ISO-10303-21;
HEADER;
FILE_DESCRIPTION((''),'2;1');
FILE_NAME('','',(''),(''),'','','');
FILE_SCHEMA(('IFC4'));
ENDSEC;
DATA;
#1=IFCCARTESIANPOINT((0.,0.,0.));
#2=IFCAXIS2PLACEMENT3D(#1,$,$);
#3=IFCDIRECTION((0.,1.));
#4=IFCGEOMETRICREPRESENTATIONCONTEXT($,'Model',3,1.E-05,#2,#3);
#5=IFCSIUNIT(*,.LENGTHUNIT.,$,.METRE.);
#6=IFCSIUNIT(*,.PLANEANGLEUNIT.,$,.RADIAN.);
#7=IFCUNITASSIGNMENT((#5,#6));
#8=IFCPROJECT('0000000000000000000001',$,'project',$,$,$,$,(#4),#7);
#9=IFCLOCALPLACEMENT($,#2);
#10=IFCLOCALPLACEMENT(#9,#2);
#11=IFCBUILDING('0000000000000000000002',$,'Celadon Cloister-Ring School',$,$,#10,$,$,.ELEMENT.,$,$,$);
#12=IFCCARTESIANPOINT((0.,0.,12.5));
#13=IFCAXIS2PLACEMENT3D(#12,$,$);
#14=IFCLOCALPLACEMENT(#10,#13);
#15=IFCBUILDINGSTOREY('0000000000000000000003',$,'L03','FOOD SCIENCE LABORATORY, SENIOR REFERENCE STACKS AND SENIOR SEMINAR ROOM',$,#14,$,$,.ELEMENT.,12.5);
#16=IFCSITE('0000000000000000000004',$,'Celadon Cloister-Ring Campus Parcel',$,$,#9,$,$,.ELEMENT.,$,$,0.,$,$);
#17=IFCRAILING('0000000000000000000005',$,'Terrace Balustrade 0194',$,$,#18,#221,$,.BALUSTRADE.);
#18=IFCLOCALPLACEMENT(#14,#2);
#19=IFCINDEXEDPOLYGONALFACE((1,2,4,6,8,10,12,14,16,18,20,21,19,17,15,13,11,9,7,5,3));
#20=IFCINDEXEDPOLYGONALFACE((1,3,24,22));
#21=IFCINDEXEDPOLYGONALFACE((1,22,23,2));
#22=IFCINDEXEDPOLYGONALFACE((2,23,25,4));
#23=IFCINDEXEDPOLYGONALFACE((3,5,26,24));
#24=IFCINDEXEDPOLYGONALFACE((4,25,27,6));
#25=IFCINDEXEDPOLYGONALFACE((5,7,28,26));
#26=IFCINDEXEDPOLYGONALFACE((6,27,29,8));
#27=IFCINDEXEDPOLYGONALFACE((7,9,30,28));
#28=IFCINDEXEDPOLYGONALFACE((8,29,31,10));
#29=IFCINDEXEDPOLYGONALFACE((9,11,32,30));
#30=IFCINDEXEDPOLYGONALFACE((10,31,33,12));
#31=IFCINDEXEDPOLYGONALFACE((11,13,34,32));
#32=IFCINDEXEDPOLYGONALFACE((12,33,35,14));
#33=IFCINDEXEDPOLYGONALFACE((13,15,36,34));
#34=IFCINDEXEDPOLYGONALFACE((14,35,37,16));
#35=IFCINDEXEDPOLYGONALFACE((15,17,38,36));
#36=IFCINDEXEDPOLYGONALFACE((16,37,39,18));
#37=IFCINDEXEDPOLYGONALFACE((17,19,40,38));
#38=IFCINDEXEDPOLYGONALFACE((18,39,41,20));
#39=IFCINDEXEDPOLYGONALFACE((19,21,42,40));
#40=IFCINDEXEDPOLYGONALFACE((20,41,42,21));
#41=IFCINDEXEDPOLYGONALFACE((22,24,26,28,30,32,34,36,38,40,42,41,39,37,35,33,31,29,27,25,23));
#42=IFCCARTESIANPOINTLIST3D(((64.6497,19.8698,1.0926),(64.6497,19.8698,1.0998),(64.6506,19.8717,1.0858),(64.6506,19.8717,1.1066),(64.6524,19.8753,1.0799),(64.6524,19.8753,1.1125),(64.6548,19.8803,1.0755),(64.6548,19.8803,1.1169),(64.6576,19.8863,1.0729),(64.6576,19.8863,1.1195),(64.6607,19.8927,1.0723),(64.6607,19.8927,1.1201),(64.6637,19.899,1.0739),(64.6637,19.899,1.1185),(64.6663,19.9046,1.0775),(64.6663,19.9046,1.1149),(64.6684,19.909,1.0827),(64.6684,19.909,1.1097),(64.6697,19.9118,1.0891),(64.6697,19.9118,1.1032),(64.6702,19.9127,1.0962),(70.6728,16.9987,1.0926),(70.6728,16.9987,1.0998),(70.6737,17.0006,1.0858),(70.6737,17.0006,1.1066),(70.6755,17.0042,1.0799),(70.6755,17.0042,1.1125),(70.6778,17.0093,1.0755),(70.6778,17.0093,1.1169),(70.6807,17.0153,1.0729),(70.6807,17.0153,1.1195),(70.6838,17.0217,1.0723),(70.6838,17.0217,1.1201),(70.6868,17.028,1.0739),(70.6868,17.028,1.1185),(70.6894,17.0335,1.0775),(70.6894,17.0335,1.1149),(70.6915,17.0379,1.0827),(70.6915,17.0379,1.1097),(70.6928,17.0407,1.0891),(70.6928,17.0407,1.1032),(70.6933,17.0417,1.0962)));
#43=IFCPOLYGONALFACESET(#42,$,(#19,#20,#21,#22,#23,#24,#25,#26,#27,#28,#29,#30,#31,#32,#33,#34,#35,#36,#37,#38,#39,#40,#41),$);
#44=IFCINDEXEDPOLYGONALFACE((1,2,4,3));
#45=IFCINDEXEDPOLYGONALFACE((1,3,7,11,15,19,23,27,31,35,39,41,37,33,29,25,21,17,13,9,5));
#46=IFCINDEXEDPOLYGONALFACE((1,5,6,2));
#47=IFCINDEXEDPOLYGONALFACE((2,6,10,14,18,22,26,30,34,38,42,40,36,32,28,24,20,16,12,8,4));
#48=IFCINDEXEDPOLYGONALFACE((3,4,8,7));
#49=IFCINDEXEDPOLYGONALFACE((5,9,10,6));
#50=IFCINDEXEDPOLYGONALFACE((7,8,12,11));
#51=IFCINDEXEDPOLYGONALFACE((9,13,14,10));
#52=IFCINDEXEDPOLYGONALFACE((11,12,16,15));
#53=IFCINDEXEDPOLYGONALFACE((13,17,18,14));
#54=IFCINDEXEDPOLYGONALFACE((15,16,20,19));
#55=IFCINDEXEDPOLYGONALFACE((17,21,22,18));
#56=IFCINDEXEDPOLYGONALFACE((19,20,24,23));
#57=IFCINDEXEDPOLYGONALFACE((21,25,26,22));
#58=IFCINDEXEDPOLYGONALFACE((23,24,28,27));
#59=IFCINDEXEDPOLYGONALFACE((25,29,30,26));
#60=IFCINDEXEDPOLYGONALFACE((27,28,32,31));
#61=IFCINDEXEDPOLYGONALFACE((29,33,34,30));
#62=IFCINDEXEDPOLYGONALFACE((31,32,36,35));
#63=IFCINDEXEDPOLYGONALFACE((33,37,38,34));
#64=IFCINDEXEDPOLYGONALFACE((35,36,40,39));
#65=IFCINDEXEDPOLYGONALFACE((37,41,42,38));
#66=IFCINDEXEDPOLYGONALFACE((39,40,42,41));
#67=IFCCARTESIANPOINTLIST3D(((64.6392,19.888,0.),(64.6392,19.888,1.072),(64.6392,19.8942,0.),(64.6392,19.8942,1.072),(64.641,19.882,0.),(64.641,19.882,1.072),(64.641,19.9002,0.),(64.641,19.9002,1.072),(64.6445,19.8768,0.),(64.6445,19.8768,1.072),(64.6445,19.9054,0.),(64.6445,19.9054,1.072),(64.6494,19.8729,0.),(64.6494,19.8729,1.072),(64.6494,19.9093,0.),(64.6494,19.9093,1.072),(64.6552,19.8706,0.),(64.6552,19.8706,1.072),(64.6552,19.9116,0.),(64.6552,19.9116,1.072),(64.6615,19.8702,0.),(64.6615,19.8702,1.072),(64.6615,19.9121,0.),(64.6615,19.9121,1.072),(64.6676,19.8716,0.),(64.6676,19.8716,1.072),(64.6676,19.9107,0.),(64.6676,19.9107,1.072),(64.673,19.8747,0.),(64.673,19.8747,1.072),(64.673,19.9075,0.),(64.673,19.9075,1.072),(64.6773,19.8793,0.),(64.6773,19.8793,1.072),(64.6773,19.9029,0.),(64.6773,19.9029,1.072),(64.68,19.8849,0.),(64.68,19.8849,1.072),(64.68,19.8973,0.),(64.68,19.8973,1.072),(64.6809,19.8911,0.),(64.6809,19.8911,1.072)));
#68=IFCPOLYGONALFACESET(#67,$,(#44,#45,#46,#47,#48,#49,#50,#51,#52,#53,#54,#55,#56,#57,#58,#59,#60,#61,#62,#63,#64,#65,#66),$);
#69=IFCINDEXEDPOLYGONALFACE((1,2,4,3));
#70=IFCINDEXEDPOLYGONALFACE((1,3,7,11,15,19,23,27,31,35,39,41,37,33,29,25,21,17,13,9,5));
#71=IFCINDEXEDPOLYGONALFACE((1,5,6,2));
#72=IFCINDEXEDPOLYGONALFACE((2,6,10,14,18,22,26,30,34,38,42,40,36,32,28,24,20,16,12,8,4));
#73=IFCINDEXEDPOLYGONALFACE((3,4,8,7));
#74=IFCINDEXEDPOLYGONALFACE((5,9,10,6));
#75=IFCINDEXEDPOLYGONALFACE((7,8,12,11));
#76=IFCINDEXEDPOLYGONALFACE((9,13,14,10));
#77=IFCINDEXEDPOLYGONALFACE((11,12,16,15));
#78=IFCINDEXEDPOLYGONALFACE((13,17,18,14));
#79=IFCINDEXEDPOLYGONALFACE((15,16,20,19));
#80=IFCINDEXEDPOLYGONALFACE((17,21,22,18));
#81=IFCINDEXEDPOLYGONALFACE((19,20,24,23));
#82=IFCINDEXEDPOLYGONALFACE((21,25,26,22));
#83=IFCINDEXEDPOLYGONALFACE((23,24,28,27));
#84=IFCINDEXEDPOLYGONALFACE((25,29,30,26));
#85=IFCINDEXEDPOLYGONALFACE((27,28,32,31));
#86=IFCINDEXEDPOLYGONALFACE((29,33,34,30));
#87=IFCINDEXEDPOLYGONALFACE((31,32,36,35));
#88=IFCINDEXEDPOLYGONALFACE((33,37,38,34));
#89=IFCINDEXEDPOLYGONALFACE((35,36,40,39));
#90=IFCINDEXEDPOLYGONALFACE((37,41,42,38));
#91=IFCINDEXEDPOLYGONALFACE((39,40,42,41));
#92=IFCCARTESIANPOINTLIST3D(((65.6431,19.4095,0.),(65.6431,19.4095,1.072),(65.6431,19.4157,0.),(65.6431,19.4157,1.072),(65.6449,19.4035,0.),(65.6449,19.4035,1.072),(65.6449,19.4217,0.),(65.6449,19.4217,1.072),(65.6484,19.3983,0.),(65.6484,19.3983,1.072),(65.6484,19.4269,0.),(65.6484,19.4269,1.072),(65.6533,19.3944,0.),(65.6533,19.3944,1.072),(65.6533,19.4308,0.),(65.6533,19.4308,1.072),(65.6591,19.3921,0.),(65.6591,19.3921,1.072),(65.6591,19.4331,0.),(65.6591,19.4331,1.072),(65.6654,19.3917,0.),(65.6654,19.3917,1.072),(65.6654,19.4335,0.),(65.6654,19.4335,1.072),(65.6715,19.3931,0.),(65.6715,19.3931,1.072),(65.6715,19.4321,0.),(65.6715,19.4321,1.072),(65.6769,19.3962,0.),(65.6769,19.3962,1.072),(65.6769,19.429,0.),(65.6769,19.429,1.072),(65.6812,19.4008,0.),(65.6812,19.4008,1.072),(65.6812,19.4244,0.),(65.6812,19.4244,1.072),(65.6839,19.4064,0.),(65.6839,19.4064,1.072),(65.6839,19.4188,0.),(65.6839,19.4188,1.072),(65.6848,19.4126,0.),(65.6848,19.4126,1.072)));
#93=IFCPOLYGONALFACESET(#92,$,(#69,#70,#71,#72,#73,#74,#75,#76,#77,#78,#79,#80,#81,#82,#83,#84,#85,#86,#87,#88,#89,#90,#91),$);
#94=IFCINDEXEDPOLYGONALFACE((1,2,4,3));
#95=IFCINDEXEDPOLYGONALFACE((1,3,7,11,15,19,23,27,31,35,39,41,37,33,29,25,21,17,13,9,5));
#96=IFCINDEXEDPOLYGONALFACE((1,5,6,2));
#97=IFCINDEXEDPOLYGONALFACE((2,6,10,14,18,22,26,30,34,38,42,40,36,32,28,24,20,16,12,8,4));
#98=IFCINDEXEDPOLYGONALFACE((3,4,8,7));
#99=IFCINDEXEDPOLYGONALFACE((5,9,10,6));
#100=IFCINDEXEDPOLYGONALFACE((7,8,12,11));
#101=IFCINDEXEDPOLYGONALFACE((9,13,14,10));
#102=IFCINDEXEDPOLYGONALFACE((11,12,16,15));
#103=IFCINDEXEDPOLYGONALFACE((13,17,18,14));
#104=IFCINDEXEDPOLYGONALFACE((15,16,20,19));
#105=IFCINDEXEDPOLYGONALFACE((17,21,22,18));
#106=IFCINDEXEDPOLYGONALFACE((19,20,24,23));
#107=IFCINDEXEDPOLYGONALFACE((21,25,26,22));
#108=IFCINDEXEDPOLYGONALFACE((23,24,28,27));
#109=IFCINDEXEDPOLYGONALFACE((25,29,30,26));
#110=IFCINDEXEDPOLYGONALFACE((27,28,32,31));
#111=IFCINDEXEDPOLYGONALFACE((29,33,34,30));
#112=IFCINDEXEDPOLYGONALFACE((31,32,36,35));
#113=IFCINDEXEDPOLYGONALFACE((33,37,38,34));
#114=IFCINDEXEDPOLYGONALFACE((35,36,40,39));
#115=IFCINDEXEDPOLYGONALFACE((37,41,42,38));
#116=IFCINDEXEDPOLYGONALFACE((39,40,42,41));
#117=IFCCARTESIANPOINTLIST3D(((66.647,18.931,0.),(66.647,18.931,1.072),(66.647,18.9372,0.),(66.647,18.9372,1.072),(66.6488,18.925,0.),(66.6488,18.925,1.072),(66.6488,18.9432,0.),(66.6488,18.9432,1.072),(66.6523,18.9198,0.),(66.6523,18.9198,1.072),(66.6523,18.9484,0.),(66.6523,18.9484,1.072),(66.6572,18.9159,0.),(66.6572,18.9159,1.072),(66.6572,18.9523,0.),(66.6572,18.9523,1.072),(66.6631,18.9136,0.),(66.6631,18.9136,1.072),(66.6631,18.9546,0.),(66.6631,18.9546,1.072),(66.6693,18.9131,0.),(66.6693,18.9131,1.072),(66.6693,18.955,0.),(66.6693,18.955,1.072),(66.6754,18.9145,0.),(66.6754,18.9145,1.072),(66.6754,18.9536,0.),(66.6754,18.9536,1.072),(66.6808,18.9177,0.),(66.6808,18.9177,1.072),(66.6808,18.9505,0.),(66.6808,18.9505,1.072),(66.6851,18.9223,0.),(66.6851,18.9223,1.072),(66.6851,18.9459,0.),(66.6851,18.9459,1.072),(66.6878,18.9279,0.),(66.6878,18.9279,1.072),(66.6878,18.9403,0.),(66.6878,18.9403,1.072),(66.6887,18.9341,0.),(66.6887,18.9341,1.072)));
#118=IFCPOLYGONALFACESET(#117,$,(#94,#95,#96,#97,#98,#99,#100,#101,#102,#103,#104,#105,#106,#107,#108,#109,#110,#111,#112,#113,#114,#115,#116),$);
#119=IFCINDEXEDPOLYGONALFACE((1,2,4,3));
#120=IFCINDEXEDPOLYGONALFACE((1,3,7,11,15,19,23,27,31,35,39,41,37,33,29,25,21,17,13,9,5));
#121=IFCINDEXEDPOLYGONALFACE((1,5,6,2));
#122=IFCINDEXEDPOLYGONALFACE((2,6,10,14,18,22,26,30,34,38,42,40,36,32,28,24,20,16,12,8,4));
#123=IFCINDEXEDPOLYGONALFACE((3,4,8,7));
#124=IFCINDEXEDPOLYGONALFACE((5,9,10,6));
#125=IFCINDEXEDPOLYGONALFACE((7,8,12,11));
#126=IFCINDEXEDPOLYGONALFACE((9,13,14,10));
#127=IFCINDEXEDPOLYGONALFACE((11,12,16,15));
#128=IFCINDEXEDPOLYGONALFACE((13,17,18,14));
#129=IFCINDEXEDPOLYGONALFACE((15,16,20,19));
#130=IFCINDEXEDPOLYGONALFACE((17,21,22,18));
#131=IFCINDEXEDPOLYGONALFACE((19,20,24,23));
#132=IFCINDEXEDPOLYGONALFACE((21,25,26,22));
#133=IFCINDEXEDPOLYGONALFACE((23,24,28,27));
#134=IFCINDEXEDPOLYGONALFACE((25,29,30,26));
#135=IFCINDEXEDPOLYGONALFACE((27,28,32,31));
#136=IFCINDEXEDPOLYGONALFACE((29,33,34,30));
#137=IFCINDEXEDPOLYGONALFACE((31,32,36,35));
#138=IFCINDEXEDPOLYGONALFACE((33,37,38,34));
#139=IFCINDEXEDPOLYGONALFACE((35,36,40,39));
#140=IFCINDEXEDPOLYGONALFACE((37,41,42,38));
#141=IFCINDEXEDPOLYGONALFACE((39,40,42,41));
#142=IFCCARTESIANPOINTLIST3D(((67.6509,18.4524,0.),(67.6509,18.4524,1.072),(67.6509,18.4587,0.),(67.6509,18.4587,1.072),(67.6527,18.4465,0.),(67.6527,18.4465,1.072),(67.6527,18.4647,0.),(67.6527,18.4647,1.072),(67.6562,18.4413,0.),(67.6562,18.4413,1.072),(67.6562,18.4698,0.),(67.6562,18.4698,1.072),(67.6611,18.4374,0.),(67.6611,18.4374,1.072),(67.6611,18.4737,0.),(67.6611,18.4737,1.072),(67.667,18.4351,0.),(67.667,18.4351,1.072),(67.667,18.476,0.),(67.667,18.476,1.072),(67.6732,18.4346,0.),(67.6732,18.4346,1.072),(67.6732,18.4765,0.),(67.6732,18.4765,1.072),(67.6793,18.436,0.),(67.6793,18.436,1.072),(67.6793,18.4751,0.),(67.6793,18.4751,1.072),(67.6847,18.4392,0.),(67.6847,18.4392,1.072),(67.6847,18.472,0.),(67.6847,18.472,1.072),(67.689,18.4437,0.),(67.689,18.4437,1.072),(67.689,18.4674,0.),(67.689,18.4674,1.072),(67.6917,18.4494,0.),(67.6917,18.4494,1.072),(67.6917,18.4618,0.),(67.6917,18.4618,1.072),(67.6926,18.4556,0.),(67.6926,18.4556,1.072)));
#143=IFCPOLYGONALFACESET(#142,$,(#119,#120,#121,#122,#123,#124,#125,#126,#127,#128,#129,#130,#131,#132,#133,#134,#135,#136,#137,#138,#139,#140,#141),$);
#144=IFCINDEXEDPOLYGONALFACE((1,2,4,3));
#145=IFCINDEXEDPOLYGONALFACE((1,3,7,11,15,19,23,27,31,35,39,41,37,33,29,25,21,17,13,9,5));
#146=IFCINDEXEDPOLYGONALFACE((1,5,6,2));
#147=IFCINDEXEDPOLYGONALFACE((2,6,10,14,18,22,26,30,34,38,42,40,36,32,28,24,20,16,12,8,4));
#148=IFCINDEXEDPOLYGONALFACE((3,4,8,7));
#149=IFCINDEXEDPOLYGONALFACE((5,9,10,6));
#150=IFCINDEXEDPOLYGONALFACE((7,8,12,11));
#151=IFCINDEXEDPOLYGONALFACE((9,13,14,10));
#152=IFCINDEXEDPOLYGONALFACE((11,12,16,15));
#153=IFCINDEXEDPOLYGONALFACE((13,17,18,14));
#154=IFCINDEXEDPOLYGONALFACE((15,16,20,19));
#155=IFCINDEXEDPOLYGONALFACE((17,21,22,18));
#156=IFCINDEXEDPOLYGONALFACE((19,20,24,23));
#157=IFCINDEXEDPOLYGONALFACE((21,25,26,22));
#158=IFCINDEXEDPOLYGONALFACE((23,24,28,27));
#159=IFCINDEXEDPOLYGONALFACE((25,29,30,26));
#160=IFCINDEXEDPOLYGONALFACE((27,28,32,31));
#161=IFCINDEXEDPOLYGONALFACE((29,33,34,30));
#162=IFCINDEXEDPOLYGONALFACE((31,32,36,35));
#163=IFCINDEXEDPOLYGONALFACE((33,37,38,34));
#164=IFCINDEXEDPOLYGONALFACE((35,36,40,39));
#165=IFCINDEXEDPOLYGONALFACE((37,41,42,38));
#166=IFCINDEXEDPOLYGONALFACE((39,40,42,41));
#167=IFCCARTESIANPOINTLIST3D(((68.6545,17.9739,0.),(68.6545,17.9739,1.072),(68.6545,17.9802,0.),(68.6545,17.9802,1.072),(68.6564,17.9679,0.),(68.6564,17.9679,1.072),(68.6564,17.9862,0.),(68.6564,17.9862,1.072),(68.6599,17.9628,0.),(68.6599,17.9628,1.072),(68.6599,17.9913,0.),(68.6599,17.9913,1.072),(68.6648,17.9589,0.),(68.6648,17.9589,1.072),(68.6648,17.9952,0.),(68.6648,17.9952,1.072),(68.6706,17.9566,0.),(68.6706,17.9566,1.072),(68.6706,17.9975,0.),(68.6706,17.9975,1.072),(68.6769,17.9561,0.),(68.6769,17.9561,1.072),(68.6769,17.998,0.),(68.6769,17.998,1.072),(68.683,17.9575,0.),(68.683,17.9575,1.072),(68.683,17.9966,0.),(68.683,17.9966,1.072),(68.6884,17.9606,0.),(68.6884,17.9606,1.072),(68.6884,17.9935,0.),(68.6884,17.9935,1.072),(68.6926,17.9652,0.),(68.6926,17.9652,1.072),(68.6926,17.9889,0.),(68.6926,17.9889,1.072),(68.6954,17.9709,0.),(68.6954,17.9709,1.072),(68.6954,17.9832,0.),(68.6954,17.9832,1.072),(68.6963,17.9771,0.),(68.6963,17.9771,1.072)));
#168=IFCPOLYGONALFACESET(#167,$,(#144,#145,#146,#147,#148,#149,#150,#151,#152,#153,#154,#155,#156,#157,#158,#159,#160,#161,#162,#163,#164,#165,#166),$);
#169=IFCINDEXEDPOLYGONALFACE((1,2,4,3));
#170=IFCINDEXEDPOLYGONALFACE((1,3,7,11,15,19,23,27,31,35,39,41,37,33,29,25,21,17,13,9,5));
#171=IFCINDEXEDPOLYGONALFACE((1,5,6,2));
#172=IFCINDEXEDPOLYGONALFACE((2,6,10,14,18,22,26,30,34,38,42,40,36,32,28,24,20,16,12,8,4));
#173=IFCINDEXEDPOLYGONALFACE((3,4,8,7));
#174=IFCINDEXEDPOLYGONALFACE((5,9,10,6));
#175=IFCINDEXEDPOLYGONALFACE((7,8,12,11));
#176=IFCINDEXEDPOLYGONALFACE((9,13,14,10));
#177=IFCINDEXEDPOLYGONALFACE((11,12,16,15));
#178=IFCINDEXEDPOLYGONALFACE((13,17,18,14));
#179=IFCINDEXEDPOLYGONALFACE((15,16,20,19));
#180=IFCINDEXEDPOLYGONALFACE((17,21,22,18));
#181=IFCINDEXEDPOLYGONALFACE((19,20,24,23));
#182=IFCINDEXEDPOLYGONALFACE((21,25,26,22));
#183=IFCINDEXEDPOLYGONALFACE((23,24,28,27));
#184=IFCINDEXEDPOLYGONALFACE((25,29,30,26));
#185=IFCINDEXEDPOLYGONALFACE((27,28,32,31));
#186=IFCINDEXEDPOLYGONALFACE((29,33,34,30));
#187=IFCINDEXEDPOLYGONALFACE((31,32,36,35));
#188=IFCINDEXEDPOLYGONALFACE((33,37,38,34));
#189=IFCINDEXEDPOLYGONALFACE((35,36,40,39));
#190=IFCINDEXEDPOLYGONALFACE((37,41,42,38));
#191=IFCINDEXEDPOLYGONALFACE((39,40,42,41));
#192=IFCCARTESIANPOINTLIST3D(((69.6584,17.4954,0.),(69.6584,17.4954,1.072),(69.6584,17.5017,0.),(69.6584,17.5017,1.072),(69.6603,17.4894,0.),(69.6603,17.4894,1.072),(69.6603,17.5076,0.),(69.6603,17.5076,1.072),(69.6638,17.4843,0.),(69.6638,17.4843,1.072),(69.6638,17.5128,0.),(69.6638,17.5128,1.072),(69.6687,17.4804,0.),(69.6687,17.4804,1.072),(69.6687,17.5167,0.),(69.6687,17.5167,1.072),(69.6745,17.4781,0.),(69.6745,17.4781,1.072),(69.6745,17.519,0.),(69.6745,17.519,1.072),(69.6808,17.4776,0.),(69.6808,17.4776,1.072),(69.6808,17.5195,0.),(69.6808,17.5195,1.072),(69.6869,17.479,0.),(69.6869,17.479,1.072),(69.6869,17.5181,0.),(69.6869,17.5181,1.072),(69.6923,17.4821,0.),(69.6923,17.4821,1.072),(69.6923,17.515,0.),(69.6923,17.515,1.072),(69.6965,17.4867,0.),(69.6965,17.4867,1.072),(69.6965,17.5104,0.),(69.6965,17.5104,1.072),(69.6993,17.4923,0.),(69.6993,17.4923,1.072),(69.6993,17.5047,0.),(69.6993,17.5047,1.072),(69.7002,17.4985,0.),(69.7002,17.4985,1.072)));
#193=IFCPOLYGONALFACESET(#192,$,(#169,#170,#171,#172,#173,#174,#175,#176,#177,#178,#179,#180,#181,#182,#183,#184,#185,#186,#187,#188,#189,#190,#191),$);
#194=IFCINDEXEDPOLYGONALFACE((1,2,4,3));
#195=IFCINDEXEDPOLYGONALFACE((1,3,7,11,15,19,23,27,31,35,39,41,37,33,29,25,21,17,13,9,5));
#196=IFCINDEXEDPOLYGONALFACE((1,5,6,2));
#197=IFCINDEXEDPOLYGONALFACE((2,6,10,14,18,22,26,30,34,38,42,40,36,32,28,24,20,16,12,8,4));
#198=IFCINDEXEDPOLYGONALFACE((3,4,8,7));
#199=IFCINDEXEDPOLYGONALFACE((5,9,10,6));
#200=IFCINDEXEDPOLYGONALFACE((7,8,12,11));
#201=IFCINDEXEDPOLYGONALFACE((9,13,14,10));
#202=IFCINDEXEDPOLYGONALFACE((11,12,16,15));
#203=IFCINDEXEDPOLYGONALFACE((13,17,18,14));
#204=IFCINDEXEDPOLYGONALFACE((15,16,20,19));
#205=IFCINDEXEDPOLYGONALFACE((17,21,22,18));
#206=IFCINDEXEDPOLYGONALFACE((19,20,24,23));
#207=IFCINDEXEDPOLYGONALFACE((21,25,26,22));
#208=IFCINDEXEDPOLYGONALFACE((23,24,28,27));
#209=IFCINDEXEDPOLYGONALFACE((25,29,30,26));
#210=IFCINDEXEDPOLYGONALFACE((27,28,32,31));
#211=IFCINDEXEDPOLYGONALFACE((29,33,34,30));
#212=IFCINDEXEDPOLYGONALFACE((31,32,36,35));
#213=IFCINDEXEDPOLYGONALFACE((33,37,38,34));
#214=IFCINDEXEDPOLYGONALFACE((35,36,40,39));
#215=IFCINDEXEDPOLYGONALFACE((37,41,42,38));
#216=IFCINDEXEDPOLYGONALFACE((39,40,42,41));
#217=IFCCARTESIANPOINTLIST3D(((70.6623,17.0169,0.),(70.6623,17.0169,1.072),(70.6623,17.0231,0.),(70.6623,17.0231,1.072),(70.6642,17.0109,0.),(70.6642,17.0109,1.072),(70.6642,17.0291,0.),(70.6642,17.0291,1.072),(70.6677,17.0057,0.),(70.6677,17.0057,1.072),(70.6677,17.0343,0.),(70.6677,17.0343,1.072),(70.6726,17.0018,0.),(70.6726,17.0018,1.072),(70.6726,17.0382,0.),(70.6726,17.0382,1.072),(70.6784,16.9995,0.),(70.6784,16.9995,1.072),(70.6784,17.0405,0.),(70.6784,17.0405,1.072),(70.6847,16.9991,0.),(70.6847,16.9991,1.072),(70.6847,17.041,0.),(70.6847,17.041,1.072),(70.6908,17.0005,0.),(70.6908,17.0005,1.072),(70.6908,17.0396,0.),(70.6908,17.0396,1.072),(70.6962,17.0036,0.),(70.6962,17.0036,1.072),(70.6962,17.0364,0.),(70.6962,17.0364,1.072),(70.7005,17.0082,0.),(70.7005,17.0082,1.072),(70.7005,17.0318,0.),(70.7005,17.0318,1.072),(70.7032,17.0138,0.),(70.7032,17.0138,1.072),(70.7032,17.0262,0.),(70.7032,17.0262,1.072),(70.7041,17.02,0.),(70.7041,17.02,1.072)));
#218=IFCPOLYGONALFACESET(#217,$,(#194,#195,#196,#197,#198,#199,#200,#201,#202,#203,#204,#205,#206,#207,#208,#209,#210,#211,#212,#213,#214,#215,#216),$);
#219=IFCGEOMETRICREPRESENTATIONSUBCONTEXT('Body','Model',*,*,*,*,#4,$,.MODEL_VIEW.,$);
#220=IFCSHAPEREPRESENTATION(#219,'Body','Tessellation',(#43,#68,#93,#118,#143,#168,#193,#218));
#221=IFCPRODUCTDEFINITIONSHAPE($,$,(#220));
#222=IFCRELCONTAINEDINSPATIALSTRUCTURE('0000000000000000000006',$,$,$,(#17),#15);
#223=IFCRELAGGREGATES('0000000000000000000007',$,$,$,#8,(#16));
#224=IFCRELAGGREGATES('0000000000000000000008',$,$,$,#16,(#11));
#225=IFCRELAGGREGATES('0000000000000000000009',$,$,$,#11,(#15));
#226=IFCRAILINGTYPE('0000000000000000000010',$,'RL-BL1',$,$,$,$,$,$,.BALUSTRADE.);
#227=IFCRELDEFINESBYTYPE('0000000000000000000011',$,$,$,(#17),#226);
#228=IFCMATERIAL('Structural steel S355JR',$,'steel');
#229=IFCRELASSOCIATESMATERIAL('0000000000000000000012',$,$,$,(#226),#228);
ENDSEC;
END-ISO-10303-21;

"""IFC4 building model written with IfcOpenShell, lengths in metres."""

from ifc_helpers import new_model, si_unit, direction, frame, origin, origin_2d, place, context, subcontext, project, spatial, circle, extrude, material, type_object, element, save


model = new_model("IFC4")

# Units and contexts
model_context = context("Model", 3, precision=1e-05, world=origin(), true_north=direction((0.0, 1.0)))
body_context = subcontext(model_context, "Body", "Model", "MODEL_VIEW")
ifc_project = project(units=[si_unit("LENGTHUNIT", "METRE"), si_unit("PLANEANGLEUNIT", "RADIAN")], contexts=[model_context])

# Site, building, storey
site_placement = place(None, origin())
site = spatial("IfcSite", under=ifc_project, at=site_placement, Name="Celadon Cloister-Ring Campus Parcel", CompositionType="ELEMENT", RefElevation=0.0)
building_placement = place(site_placement, origin())
building = spatial("IfcBuilding", under=site, at=building_placement, Name="Celadon Cloister-Ring School", CompositionType="ELEMENT")
storey_placement = place(building_placement, frame((0.0, 0.0, 12.5)))
storey = spatial("IfcBuildingStorey", under=building, at=storey_placement, Name="L03", Description="FOOD SCIENCE LABORATORY, SENIOR REFERENCE STACKS AND SENIOR SEMINAR ROOM", CompositionType="ELEMENT", Elevation=12.5)

# Railing
ifc_material_1 = material(Name="Structural steel S355JR", Category="steel")
railing_type = type_object("IfcRailingType", Name="RL-BL1", PredefinedType="BALUSTRADE", material=ifc_material_1)
railing_1_placement = place(storey_placement, frame((64.6599, 19.8911, 0.0)))
element("IfcRailing", 1, at=railing_1_placement, inside=storey, type_object=railing_type, Name="Terrace Balustrade 0194", PredefinedType="BALUSTRADE", context=body_context, shape_type="SweptSolid", body=[
    extrude(circle(Radius=0.0239, at=origin_2d()), frame((0.0, 0.0, 1.0962), z_axis=(0.902691, -0.430289, 0.0), x_axis=(0.430289, 0.902691, 0.0)), (0.0, 0.0, 1.0), 6.6724),
    extrude(circle(Radius=0.021, at=origin_2d()), origin(), (0.0, 0.0, 1.0), 1.072),
    extrude(circle(Radius=0.021, at=origin_2d()), frame((1.0039, -0.4785, 0.0)), (0.0, 0.0, 1.0), 1.072),
    extrude(circle(Radius=0.021, at=origin_2d()), frame((2.0078, -0.957, 0.0)), (0.0, 0.0, 1.0), 1.072),
    extrude(circle(Radius=0.021, at=origin_2d()), frame((3.0117, -1.4355, 0.0)), (0.0, 0.0, 1.0), 1.072),
    extrude(circle(Radius=0.021, at=origin_2d()), frame((4.0154, -1.9141, 0.0)), (0.0, 0.0, 1.0), 1.072),
    extrude(circle(Radius=0.021, at=origin_2d()), frame((5.0193, -2.3926, 0.0)), (0.0, 0.0, 1.0), 1.072),
    extrude(circle(Radius=0.021, at=origin_2d()), frame((6.0232, -2.8711, 0.0)), (0.0, 0.0, 1.0), 1.072),
])

save(model, "model.ifc")
